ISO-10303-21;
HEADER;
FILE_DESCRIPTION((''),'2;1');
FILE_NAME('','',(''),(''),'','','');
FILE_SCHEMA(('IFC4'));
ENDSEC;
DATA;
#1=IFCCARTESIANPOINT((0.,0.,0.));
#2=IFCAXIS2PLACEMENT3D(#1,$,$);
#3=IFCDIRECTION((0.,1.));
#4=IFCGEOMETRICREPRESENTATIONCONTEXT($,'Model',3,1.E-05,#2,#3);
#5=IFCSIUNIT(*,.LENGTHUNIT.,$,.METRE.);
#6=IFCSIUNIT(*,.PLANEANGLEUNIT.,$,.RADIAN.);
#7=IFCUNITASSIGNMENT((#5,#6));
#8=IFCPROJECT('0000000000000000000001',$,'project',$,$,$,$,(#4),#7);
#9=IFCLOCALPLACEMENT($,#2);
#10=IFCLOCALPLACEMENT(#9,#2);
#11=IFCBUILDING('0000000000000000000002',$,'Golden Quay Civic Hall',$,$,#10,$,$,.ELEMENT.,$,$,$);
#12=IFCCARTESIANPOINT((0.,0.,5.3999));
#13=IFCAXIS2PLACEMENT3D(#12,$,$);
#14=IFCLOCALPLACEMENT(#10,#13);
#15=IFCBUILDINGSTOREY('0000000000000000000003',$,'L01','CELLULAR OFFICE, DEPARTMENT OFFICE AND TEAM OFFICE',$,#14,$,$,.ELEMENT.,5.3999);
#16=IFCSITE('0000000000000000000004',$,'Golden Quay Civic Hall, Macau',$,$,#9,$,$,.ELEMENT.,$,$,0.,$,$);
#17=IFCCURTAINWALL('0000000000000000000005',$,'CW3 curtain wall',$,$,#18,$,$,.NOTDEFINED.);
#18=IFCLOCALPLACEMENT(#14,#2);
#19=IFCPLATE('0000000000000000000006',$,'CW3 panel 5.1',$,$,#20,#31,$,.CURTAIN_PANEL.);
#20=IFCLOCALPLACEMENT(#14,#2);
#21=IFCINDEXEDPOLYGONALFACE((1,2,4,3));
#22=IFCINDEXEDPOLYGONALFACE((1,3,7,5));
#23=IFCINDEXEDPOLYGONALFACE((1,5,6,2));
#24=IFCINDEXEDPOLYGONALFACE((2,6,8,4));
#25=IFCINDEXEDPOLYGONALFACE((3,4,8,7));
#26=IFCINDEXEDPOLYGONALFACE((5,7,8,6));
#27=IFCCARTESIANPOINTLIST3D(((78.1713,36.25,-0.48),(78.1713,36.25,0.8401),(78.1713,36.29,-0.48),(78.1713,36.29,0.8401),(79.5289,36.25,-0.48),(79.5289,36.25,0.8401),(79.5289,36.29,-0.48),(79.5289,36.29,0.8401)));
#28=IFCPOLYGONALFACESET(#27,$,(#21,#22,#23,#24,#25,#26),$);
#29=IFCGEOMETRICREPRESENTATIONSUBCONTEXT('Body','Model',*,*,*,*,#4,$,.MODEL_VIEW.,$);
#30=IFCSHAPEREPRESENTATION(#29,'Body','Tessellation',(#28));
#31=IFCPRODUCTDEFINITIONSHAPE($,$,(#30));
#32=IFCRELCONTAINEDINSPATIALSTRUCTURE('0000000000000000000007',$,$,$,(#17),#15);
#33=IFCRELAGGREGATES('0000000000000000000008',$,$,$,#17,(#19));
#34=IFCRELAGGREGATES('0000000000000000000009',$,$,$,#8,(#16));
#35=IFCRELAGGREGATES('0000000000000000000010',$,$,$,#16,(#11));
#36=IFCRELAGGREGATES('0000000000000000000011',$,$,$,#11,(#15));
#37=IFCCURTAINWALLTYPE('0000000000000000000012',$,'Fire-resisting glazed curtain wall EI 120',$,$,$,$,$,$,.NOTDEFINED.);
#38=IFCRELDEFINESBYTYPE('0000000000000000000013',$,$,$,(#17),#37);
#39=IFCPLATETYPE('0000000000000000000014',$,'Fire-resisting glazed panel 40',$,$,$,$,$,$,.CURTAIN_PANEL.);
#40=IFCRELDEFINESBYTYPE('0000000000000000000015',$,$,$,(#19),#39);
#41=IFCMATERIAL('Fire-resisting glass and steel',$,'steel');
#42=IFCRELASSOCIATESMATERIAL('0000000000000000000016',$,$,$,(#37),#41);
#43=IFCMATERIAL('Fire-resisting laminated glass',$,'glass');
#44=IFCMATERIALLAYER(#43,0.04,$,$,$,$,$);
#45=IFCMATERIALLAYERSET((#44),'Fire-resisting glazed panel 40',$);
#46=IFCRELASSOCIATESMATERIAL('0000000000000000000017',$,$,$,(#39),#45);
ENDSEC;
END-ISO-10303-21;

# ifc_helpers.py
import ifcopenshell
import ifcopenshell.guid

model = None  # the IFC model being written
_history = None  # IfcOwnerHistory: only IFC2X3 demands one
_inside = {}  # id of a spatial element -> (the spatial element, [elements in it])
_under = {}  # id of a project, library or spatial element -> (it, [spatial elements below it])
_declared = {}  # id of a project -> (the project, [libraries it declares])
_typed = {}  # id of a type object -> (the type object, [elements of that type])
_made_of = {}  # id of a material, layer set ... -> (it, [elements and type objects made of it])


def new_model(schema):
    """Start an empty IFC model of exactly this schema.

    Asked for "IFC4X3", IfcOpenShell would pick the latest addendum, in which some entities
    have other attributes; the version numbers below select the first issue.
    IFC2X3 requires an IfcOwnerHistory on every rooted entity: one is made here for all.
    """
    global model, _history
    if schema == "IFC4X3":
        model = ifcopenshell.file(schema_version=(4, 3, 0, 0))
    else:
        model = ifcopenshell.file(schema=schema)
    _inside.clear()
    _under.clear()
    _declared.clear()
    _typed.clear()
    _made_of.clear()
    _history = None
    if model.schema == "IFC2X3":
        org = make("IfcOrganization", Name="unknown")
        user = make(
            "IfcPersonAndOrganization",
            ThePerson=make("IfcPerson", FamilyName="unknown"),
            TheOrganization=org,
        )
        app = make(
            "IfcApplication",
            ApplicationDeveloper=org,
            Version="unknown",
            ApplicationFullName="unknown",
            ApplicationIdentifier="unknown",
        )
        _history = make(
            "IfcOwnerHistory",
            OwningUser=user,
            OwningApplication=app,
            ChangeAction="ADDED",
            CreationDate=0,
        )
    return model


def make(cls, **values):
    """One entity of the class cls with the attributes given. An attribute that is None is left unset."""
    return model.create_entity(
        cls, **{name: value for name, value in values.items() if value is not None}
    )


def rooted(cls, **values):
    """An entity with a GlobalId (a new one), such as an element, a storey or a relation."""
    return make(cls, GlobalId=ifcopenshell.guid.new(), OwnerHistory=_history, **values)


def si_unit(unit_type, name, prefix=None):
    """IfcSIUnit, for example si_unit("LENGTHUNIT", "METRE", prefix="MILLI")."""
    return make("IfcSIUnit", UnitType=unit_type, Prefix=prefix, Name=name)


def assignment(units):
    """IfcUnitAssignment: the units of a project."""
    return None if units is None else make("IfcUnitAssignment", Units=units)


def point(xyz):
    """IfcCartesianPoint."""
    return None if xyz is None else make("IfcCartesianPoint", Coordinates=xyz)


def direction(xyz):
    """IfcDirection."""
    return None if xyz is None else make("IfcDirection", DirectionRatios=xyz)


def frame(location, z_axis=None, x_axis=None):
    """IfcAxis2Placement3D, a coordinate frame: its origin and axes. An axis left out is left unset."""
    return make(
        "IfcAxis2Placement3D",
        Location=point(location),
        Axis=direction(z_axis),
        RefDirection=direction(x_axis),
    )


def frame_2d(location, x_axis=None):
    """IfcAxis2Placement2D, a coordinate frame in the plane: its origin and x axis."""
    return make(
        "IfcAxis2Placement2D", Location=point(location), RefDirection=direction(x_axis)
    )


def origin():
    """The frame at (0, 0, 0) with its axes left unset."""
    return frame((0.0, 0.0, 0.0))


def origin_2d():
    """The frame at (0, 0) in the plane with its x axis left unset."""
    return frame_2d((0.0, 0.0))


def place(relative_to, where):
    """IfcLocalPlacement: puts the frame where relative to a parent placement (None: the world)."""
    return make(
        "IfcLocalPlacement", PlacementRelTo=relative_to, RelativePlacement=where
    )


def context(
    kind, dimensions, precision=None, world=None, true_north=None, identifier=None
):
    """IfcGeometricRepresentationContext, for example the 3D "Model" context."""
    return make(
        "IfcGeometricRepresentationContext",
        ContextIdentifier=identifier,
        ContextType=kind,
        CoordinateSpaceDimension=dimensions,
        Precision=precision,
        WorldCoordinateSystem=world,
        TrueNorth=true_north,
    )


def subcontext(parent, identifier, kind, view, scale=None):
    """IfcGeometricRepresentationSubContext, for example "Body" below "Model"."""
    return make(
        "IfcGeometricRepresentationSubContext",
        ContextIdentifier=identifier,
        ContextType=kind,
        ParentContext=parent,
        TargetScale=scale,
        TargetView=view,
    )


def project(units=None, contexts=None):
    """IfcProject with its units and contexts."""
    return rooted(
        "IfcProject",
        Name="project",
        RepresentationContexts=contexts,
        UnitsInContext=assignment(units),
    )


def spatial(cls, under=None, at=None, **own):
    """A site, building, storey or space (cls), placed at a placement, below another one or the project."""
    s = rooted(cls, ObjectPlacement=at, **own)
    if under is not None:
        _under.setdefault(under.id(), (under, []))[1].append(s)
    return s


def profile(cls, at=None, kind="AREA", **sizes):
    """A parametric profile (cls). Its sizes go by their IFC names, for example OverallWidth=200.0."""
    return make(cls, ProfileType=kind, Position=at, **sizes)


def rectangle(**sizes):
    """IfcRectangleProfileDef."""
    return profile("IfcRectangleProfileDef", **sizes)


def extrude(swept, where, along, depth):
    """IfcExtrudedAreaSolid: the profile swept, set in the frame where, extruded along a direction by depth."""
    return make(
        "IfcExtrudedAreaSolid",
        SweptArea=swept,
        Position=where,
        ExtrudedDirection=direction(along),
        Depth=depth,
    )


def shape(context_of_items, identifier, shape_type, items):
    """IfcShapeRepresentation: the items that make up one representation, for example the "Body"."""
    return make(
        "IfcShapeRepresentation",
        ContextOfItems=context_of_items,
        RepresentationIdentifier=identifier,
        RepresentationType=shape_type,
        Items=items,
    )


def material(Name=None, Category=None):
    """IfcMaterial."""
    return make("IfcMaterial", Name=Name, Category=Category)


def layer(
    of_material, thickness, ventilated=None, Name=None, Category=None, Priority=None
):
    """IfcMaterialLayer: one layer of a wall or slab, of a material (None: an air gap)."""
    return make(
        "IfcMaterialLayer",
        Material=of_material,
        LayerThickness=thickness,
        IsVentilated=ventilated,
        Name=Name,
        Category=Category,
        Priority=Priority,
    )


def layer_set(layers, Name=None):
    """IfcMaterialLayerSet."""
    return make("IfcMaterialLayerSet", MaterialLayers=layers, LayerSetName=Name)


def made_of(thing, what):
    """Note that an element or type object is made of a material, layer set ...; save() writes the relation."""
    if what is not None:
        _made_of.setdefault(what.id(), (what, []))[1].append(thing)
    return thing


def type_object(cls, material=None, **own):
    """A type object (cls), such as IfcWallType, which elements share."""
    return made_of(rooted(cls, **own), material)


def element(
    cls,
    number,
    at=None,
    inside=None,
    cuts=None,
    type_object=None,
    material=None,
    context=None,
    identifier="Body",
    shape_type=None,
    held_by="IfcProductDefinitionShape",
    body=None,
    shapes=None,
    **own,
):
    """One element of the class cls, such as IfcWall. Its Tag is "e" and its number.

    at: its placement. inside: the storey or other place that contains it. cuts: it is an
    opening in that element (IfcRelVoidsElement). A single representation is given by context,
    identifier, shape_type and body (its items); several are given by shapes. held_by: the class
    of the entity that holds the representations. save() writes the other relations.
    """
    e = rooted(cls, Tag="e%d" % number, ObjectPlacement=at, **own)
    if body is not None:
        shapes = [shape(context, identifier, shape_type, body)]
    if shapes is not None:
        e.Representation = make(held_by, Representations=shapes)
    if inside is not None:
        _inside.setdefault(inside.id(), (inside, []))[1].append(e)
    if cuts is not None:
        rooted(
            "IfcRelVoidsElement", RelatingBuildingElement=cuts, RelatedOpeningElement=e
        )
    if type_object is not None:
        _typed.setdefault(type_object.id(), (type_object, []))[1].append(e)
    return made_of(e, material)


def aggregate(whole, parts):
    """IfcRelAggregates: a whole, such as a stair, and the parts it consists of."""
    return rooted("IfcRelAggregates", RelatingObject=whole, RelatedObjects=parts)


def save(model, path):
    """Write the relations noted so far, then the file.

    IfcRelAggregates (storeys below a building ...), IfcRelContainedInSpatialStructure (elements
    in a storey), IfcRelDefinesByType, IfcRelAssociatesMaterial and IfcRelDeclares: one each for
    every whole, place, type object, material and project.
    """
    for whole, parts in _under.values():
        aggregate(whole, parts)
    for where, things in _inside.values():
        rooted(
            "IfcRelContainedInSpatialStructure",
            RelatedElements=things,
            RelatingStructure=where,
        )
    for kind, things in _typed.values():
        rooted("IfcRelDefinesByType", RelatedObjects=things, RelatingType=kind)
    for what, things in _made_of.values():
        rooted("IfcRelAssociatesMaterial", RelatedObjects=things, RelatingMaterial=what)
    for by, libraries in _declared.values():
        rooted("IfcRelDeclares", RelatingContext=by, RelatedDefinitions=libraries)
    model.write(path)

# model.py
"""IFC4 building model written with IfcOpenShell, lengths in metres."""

from ifc_helpers import new_model, si_unit, direction, frame, origin, origin_2d, place, context, subcontext, project, spatial, rectangle, extrude, material, layer, layer_set, type_object, element, aggregate, save


model = new_model("IFC4")

# Units and contexts
model_context = context("Model", 3, precision=1e-05, world=origin(), true_north=direction((0.0, 1.0)))
body_context = subcontext(model_context, "Body", "Model", "MODEL_VIEW")
ifc_project = project(units=[si_unit("LENGTHUNIT", "METRE"), si_unit("PLANEANGLEUNIT", "RADIAN")], contexts=[model_context])

# Site, building, storey
site_placement = place(None, origin())
site = spatial("IfcSite", under=ifc_project, at=site_placement, Name="Golden Quay Civic Hall, Macau", CompositionType="ELEMENT", RefElevation=0.0)
building_placement = place(site_placement, origin())
building = spatial("IfcBuilding", under=site, at=building_placement, Name="Golden Quay Civic Hall", CompositionType="ELEMENT")
storey_placement = place(building_placement, frame((0.0, 0.0, 5.3999)))
storey = spatial("IfcBuildingStorey", under=building, at=storey_placement, Name="L01", Description="CELLULAR OFFICE, DEPARTMENT OFFICE AND TEAM OFFICE", CompositionType="ELEMENT", Elevation=5.3999)

# Curtain wall, plate
ifc_material_1 = material(Name="Fire-resisting glass and steel", Category="steel")
curtain_wall_type = type_object("IfcCurtainWallType", Name="Fire-resisting glazed curtain wall EI 120", PredefinedType="NOTDEFINED", material=ifc_material_1)
curtain_wall_placement = place(storey_placement, origin())
curtain_wall = element("IfcCurtainWall", 1, at=curtain_wall_placement, inside=storey, type_object=curtain_wall_type, Name="CW3 curtain wall", PredefinedType="NOTDEFINED")
ifc_material_2 = material(Name="Fire-resisting laminated glass", Category="glass")
ifc_layer = layer(ifc_material_2, 0.04)
ifc_layer_set = layer_set([ifc_layer], Name="Fire-resisting glazed panel 40")
plate_type = type_object("IfcPlateType", Name="Fire-resisting glazed panel 40", PredefinedType="CURTAIN_PANEL", material=ifc_layer_set)
plate_1_placement = place(storey_placement, frame((78.8501, 36.27, -0.48), z_axis=(0.0, 0.0, 1.0), x_axis=(1.0, 0.0, 0.0)))
plate_1 = element("IfcPlate", 2, at=plate_1_placement, type_object=plate_type, Name="CW3 panel 5.1", PredefinedType="CURTAIN_PANEL", context=body_context, shape_type="SweptSolid", body=[
    extrude(rectangle(XDim=1.3577, YDim=0.04, at=origin_2d()), origin(), (0.0, 0.0, 1.0), 1.3201),
])
aggregate(curtain_wall, [plate_1])

save(model, "model.ifc")
